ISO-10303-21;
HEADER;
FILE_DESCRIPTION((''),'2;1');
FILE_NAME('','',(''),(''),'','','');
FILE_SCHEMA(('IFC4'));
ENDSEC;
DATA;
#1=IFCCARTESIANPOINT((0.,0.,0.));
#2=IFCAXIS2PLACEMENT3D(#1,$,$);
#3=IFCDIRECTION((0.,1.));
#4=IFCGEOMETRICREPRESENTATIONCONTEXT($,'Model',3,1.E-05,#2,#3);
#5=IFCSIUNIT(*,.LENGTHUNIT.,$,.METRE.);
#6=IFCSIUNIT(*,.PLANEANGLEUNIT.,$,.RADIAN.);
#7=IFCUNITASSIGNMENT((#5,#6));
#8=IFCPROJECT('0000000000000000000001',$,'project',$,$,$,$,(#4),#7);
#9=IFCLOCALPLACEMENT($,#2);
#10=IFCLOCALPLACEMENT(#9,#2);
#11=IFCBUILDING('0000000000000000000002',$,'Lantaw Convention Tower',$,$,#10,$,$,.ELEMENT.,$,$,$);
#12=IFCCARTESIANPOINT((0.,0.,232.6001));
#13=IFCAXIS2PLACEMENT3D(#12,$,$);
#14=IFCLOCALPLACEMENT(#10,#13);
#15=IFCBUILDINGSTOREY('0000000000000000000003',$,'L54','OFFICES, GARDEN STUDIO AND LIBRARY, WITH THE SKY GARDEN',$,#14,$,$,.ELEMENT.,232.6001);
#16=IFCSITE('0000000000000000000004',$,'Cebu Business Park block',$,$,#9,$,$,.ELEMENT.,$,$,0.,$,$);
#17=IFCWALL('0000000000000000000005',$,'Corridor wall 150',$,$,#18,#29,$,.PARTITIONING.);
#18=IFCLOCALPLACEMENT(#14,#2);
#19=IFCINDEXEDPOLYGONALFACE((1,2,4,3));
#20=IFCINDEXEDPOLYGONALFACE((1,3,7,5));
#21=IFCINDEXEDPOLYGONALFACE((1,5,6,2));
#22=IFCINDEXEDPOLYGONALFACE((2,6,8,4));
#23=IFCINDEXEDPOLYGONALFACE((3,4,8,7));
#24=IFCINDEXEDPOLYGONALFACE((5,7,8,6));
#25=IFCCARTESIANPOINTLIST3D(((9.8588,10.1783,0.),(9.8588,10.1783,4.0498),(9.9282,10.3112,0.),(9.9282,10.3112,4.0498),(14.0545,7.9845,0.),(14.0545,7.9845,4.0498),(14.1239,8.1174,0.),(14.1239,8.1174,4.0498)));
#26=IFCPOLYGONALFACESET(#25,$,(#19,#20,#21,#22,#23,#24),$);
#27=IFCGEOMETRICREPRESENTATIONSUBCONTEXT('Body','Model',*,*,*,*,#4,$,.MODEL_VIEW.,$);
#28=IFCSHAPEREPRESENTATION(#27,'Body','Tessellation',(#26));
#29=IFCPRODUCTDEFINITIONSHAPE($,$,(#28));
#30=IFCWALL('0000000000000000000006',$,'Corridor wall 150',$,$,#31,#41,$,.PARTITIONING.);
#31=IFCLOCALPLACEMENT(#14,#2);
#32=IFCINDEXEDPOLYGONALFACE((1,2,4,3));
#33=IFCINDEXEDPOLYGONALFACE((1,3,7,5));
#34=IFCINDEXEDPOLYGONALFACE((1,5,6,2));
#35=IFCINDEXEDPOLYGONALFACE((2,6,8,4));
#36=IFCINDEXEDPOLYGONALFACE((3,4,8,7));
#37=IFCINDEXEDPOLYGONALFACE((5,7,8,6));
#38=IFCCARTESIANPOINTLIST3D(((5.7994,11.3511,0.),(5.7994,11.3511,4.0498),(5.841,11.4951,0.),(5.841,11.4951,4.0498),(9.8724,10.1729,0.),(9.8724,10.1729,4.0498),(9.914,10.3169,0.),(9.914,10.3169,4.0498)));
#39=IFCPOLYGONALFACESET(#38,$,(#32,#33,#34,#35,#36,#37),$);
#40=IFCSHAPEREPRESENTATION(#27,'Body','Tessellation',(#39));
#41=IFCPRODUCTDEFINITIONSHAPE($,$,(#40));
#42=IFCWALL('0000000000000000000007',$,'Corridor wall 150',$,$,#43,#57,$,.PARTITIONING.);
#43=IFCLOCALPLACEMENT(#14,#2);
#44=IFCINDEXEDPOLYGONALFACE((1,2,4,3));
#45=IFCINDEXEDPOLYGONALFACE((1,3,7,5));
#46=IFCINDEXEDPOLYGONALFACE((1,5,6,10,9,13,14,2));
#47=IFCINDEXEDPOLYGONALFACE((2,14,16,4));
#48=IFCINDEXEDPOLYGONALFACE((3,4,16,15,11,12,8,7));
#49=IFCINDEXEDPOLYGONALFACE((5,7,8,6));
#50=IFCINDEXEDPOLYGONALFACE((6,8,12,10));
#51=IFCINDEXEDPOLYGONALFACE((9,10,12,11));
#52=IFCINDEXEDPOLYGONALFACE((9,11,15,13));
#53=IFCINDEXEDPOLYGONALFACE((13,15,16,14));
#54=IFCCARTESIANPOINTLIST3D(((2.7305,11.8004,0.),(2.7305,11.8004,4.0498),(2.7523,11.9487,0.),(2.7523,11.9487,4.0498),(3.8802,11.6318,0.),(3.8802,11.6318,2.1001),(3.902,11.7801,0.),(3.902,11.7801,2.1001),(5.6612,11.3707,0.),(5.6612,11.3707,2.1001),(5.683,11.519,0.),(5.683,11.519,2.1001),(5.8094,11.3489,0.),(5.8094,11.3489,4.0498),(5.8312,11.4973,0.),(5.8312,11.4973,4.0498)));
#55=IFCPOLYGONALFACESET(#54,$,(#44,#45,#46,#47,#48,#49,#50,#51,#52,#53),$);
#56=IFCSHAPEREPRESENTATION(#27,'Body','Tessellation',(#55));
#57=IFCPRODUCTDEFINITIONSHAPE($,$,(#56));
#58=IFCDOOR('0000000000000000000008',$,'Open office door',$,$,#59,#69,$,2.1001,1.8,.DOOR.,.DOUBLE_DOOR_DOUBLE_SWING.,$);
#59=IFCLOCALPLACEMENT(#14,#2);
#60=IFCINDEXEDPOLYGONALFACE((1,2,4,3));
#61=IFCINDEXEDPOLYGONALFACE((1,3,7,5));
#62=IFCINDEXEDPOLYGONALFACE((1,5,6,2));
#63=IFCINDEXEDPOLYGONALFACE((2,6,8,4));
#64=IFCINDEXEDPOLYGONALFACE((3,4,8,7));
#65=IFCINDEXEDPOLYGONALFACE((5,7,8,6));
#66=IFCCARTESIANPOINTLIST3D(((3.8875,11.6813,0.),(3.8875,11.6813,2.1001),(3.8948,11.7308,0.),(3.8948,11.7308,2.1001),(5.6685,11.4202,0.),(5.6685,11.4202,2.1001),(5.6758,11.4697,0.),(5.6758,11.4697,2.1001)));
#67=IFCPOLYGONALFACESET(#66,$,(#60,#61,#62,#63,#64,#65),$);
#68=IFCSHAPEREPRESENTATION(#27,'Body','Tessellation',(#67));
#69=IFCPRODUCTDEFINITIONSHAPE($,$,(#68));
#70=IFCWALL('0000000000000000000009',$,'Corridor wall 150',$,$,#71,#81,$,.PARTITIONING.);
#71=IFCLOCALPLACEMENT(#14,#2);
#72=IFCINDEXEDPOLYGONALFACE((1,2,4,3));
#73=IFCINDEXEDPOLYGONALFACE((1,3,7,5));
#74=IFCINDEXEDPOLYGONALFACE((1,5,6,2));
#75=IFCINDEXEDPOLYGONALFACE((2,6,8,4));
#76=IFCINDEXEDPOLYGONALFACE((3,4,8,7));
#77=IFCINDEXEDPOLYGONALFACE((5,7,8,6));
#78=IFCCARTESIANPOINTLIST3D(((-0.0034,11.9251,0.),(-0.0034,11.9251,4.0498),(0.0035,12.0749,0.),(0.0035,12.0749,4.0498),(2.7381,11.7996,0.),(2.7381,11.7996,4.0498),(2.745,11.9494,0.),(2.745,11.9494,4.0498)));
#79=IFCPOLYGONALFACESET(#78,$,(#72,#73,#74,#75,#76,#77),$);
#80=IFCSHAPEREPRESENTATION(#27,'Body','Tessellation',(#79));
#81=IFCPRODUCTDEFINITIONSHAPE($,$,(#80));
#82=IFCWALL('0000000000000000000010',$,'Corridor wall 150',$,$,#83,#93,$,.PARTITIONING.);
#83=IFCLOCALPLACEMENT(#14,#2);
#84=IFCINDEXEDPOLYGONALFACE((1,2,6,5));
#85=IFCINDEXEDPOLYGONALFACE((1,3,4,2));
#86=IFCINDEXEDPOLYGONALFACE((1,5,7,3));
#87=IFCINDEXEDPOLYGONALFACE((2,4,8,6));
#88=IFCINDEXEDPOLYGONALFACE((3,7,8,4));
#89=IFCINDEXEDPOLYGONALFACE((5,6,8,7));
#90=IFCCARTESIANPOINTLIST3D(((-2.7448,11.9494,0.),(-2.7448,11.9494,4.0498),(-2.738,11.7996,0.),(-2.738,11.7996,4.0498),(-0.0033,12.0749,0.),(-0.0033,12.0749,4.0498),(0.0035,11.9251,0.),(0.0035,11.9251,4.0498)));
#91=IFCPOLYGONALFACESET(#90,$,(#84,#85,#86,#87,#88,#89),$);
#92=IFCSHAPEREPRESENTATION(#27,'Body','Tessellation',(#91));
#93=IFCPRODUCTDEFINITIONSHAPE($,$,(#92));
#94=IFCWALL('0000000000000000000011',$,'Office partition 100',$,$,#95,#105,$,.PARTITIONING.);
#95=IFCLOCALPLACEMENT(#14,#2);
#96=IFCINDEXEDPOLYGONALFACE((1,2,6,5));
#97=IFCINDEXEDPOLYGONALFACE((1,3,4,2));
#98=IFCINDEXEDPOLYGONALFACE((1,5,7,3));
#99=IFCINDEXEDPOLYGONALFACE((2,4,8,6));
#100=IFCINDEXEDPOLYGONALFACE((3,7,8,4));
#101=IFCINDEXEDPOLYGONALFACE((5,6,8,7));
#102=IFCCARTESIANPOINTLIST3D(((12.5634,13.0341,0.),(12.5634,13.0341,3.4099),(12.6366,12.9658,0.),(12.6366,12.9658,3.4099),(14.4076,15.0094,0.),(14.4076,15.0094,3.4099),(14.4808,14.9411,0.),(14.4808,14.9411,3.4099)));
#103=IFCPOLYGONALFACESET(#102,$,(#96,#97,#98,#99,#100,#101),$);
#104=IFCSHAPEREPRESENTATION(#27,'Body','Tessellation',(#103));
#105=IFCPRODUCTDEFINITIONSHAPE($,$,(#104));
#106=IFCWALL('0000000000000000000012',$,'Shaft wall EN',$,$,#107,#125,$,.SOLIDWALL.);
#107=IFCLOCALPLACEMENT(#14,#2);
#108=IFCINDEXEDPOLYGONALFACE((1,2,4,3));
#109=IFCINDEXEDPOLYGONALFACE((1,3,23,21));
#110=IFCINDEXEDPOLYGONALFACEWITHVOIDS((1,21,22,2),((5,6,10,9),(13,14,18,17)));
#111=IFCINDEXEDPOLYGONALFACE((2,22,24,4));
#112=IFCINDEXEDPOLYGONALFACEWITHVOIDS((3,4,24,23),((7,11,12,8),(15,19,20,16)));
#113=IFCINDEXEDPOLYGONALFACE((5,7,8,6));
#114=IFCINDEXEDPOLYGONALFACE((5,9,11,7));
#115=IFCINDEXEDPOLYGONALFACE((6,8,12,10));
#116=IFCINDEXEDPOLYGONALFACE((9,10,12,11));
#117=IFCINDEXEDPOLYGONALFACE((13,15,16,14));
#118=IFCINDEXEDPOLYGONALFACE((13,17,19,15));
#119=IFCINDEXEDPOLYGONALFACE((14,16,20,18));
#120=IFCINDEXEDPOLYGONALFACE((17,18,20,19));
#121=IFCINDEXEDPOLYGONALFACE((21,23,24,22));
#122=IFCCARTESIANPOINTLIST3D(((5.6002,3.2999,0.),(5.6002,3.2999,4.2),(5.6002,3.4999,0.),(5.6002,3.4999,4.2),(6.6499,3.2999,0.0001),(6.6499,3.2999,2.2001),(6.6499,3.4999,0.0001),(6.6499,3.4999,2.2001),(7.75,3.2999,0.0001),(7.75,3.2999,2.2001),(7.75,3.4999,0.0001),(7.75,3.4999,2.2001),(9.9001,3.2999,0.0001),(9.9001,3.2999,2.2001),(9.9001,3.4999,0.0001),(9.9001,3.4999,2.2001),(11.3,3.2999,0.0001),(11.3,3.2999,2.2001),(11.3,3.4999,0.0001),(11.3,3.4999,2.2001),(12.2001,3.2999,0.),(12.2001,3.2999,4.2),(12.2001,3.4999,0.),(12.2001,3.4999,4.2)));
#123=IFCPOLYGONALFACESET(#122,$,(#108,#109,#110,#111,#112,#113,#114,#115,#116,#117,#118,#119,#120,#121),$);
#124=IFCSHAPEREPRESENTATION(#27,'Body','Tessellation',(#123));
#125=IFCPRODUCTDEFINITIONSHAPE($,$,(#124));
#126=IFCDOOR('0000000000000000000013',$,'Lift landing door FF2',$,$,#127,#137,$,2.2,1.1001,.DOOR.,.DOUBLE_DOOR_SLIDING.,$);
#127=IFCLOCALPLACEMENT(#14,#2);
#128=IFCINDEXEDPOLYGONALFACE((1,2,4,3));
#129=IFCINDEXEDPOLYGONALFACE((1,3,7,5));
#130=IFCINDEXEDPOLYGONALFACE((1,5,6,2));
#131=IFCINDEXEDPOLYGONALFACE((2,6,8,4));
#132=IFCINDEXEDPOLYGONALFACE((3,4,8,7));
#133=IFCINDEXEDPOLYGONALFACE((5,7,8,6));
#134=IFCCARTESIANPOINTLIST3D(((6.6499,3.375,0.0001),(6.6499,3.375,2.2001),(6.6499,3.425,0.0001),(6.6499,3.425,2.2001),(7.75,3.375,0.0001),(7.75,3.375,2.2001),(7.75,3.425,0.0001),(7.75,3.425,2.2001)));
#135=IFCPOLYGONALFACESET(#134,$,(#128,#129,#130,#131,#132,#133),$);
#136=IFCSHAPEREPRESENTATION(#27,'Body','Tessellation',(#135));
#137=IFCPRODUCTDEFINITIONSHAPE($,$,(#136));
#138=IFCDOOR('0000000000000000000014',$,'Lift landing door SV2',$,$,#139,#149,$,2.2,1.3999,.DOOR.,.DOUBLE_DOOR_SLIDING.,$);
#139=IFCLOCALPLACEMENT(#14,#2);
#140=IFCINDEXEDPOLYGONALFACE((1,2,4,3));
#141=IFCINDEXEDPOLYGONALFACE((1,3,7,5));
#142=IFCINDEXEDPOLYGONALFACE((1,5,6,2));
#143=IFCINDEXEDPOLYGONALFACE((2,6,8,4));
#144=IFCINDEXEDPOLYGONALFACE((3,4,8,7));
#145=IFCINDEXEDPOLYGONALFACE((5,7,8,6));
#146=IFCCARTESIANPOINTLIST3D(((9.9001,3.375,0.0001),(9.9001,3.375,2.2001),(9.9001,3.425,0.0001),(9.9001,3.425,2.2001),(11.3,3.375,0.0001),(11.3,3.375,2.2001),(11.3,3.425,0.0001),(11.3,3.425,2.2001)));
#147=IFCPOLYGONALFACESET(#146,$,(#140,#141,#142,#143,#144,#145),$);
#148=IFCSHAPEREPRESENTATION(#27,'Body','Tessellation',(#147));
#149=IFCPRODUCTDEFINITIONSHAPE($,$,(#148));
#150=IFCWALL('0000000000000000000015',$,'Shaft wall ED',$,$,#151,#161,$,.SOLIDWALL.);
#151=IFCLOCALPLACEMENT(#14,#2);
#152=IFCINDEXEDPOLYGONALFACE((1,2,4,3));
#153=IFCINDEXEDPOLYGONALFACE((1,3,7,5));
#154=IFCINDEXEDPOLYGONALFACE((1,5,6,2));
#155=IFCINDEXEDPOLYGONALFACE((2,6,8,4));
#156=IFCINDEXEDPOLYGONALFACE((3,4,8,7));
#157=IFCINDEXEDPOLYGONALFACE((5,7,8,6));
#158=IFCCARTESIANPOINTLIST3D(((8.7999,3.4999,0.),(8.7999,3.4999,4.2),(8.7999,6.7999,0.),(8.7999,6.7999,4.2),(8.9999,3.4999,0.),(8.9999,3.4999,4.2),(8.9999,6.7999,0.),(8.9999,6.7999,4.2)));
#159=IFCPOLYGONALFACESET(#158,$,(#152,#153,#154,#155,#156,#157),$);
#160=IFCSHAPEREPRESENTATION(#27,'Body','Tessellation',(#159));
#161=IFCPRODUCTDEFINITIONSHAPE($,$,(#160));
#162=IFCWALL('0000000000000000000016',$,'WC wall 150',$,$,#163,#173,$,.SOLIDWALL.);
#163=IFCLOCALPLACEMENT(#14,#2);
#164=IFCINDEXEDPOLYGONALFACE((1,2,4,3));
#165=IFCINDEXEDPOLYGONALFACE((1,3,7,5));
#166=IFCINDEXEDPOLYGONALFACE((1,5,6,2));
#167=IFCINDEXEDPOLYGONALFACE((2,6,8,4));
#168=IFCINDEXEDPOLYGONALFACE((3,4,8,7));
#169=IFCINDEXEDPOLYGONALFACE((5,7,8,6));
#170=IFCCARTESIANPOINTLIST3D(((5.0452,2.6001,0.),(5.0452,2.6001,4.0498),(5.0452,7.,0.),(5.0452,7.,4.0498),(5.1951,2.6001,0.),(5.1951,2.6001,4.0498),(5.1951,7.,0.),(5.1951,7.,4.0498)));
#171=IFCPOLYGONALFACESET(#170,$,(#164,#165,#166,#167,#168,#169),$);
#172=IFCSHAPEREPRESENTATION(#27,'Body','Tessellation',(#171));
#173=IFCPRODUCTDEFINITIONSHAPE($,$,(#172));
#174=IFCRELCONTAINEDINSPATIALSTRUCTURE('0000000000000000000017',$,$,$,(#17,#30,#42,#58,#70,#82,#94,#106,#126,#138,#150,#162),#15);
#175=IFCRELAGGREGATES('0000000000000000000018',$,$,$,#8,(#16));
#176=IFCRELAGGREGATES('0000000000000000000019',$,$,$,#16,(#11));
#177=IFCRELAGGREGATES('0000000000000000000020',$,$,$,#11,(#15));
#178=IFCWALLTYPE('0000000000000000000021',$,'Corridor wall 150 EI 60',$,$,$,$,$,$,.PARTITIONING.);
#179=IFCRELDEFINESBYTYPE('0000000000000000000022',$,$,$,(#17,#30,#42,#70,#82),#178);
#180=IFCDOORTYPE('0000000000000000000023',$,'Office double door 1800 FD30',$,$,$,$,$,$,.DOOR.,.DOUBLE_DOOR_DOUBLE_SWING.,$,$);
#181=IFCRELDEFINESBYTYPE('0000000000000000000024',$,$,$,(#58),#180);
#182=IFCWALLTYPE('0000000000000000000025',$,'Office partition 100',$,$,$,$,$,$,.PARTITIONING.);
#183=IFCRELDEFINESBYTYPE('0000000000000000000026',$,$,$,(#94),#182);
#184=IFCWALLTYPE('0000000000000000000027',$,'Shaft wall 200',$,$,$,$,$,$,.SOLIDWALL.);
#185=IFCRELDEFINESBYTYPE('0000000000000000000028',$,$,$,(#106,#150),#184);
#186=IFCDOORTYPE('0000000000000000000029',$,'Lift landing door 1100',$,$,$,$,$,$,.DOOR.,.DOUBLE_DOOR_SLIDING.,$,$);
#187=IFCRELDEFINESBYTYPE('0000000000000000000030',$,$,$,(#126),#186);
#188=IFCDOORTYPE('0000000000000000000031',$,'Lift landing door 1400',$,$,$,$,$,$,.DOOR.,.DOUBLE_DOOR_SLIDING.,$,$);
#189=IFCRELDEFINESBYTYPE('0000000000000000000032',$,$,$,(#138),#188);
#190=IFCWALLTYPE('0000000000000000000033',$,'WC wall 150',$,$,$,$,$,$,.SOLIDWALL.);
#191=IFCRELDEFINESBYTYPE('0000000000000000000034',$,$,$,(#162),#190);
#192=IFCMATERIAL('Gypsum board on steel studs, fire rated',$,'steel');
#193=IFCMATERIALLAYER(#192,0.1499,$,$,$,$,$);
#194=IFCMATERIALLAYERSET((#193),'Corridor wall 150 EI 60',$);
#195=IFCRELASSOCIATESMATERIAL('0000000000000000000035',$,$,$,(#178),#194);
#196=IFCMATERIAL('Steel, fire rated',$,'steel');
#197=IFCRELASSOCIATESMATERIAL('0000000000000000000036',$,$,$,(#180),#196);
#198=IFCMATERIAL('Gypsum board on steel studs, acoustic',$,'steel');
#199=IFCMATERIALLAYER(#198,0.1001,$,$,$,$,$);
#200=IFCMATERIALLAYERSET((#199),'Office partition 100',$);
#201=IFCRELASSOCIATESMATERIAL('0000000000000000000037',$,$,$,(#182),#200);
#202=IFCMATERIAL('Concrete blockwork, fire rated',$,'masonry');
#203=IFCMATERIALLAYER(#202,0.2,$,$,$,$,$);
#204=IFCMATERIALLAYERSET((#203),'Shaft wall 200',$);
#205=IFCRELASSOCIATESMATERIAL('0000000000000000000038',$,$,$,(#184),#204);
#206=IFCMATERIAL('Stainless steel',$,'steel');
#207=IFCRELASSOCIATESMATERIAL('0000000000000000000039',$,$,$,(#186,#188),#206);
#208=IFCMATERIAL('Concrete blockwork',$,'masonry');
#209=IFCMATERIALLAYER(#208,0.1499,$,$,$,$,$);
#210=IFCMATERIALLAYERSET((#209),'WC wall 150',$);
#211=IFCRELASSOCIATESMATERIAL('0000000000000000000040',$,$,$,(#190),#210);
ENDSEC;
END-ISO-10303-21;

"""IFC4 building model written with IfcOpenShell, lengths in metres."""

from ifc_helpers import new_model, si_unit, direction, frame, frame_2d, origin, place, context, subcontext, project, spatial, rectangle, extrude, material, layer, layer_set, type_object, element, fill, save


model = new_model("IFC4")

# Units and contexts
model_context = context("Model", 3, precision=1e-05, world=origin(), true_north=direction((0.0, 1.0)))
body_context = subcontext(model_context, "Body", "Model", "MODEL_VIEW")
ifc_project = project(units=[si_unit("LENGTHUNIT", "METRE"), si_unit("PLANEANGLEUNIT", "RADIAN")], contexts=[model_context])

# Site, building, storey
site_placement = place(None, origin())
site = spatial("IfcSite", under=ifc_project, at=site_placement, Name="Cebu Business Park block", CompositionType="ELEMENT", RefElevation=0.0)
building_placement = place(site_placement, origin())
building = spatial("IfcBuilding", under=site, at=building_placement, Name="Lantaw Convention Tower", CompositionType="ELEMENT")
storey_placement = place(building_placement, frame((0.0, 0.0, 232.6001)))
storey = spatial("IfcBuildingStorey", under=building, at=storey_placement, Name="L54", Description="OFFICES, GARDEN STUDIO AND LIBRARY, WITH THE SKY GARDEN", CompositionType="ELEMENT", Elevation=232.6001)

# Walls
ifc_material_1 = material(Name="Gypsum board on steel studs, fire rated", Category="steel")
ifc_layer_1 = layer(ifc_material_1, 0.1499)
ifc_layer_set_1 = layer_set([ifc_layer_1], Name="Corridor wall 150 EI 60")
wall_type_1 = type_object("IfcWallType", Name="Corridor wall 150 EI 60", PredefinedType="PARTITIONING", material=ifc_layer_set_1)
wall_1_placement = place(storey_placement, frame((14.0891, 8.051, 0.0), z_axis=(0.0, 0.0, 1.0), x_axis=(-0.886174, 0.463352, 0.0)))
element("IfcWall", 1, at=wall_1_placement, inside=storey, type_object=wall_type_1, Name="Corridor wall 150", PredefinedType="PARTITIONING", context=body_context, shape_type="SweptSolid", body=[
    extrude(rectangle(XDim=4.7346, YDim=0.1499, at=frame_2d((2.3672, 0.0))), origin(), (0.0, 0.0, 1.0), 4.0498),
])
wall_2_placement = place(storey_placement, frame((9.8933, 10.2449, 0.0), z_axis=(0.0, 0.0, 1.0), x_axis=(-0.960615, 0.277883, 0.0)))
element("IfcWall", 2, at=wall_2_placement, inside=storey, type_object=wall_type_1, Name="Corridor wall 150", PredefinedType="PARTITIONING", context=body_context, shape_type="SweptSolid", body=[
    extrude(rectangle(XDim=4.24, YDim=0.1499, at=frame_2d((2.1201, 0.0))), origin(), (0.0, 0.0, 1.0), 4.0498),
])

# Wall, opening, door
wall_3_placement = place(storey_placement, frame((5.8203, 11.4231, 0.0), z_axis=(0.0, 0.0, 1.0), x_axis=(-0.989422, 0.145067, 0.0)))
wall_3 = element("IfcWall", 3, at=wall_3_placement, inside=storey, type_object=wall_type_1, Name="Corridor wall 150", PredefinedType="PARTITIONING", context=body_context, shape_type="SweptSolid", body=[
    extrude(rectangle(XDim=3.1118, YDim=0.1499, at=frame_2d((1.5559, 0.0))), origin(), (0.0, 0.0, 1.0), 4.0498),
])
opening_1_placement = place(wall_3_placement, frame((0.1499, 0.0, 0.0)))
opening_1 = element("IfcOpeningElement", 4, at=opening_1_placement, cuts=wall_3, PredefinedType="OPENING", context=body_context, shape_type="SweptSolid", body=[
    extrude(rectangle(XDim=1.8, YDim=2.1001, at=frame_2d((0.8999, 1.05))), frame((0.0, 0.085, 0.0), z_axis=(0.0, -1.0, 0.0), x_axis=(1.0, 0.0, 0.0)), (0.0, 0.0, 1.0), 0.1699),
])
ifc_material_2 = material(Name="Steel, fire rated", Category="steel")
door_type_1 = type_object("IfcDoorType", Name="Office double door 1800 FD30", OperationType="DOUBLE_DOOR_DOUBLE_SWING", PredefinedType="DOOR", material=ifc_material_2)
door_1_placement = place(opening_1_placement, origin())
door_1 = element("IfcDoor", 5, at=door_1_placement, inside=storey, type_object=door_type_1, Name="Open office door", OperationType="DOUBLE_DOOR_DOUBLE_SWING", OverallHeight=2.1001, OverallWidth=1.8, PredefinedType="DOOR", context=body_context, shape_type="SweptSolid", body=[
    extrude(rectangle(XDim=1.8, YDim=2.1001, at=frame_2d((0.8999, 1.05))), frame((0.0, 0.0249, 0.0), z_axis=(0.0, -1.0, 0.0), x_axis=(1.0, 0.0, 0.0)), (0.0, 0.0, 1.0), 0.05),
])
fill(opening_1, door_1)

# Walls
for number, where, z_axis, x_axis, name in (
    (6, (2.7415, 11.8745, 0.0), (0.0, 0.0, 1.0), (-0.998954, 0.045726, 0.0), "Corridor wall 150"),
    (7, (0.0, 12.0, 0.0), (0.0, 0.0, 1.0), (-0.998954, -0.045726, 0.0), "Corridor wall 150"),
):
    element("IfcWall", number, at=place(storey_placement, frame(where, z_axis=z_axis, x_axis=x_axis)), inside=storey, type_object=wall_type_1, Name=name, PredefinedType="PARTITIONING", context=body_context, shape_type="SweptSolid", body=[
        extrude(rectangle(XDim=2.7444, YDim=0.1499, at=frame_2d((1.3721, 0.0))), origin(), (0.0, 0.0, 1.0), 4.0498),
    ])
ifc_material_3 = material(Name="Gypsum board on steel studs, acoustic", Category="steel")
ifc_layer_2 = layer(ifc_material_3, 0.1001)
ifc_layer_set_2 = layer_set([ifc_layer_2], Name="Office partition 100")
wall_type_2 = type_object("IfcWallType", Name="Office partition 100", PredefinedType="PARTITIONING", material=ifc_layer_set_2)
wall_4_placement = place(storey_placement, frame((12.6001, 13.0, 0.0), z_axis=(0.0, 0.0, 1.0), x_axis=(0.682434, 0.730947, 0.0)))
element("IfcWall", 8, at=wall_4_placement, inside=storey, type_object=wall_type_2, Name="Office partition 100", PredefinedType="PARTITIONING", context=body_context, shape_type="SweptSolid", body=[
    extrude(rectangle(XDim=2.7024, YDim=0.1001, at=frame_2d((1.3511, 0.0))), origin(), (0.0, 0.0, 1.0), 3.4099),
])

# Wall, openings, doors
ifc_material_4 = material(Name="Concrete blockwork, fire rated", Category="masonry")
ifc_layer_3 = layer(ifc_material_4, 0.2)
ifc_layer_set_3 = layer_set([ifc_layer_3], Name="Shaft wall 200")
wall_type_3 = type_object("IfcWallType", Name="Shaft wall 200", PredefinedType="SOLIDWALL", material=ifc_layer_set_3)
wall_5_placement = place(storey_placement, frame((12.2, 3.3999, 0.0), z_axis=(0.0, 0.0, 1.0), x_axis=(-1.0, 0.0, 0.0)))
wall_5 = element("IfcWall", 9, at=wall_5_placement, inside=storey, type_object=wall_type_3, Name="Shaft wall EN", PredefinedType="SOLIDWALL", context=body_context, shape_type="SweptSolid", body=[
    extrude(rectangle(XDim=6.5999, YDim=0.2, at=frame_2d((3.2998, 0.0))), origin(), (0.0, 0.0, 1.0), 4.2),
])
opening_2_placement = place(wall_5_placement, frame((4.45, 0.0, 0.0)))
opening_2 = element("IfcOpeningElement", 10, at=opening_2_placement, cuts=wall_5, PredefinedType="OPENING", context=body_context, shape_type="SweptSolid", body=[
    extrude(rectangle(XDim=1.1001, YDim=2.2, at=frame_2d((0.55, 1.1001))), frame((0.0, 0.1099, 0.0), z_axis=(0.0, -1.0, 0.0), x_axis=(1.0, 0.0, 0.0)), (0.0, 0.0, 1.0), 0.22),
])
opening_3_placement = place(wall_5_placement, frame((0.8999, 0.0, 0.0)))
opening_3 = element("IfcOpeningElement", 11, at=opening_3_placement, cuts=wall_5, PredefinedType="OPENING", context=body_context, shape_type="SweptSolid", body=[
    extrude(rectangle(XDim=1.3999, YDim=2.2, at=frame_2d((0.7, 1.1001))), frame((0.0, 0.1099, 0.0), z_axis=(0.0, -1.0, 0.0), x_axis=(1.0, 0.0, 0.0)), (0.0, 0.0, 1.0), 0.22),
])
ifc_material_5 = material(Name="Stainless steel", Category="steel")
door_type_2 = type_object("IfcDoorType", Name="Lift landing door 1100", OperationType="DOUBLE_DOOR_SLIDING", PredefinedType="DOOR", material=ifc_material_5)
door_2_placement = place(opening_2_placement, origin())
door_2 = element("IfcDoor", 12, at=door_2_placement, inside=storey, type_object=door_type_2, Name="Lift landing door FF2", OperationType="DOUBLE_DOOR_SLIDING", OverallHeight=2.2, OverallWidth=1.1001, PredefinedType="DOOR", context=body_context, shape_type="SweptSolid", body=[
    extrude(rectangle(XDim=1.1001, YDim=2.2, at=frame_2d((0.55, 1.1001))), frame((0.0, 0.0249, 0.0), z_axis=(0.0, -1.0, 0.0), x_axis=(1.0, 0.0, 0.0)), (0.0, 0.0, 1.0), 0.05),
])
fill(opening_2, door_2)
door_type_3 = type_object("IfcDoorType", Name="Lift landing door 1400", OperationType="DOUBLE_DOOR_SLIDING", PredefinedType="DOOR", material=ifc_material_5)
door_3_placement = place(opening_3_placement, origin())
door_3 = element("IfcDoor", 13, at=door_3_placement, inside=storey, type_object=door_type_3, Name="Lift landing door SV2", OperationType="DOUBLE_DOOR_SLIDING", OverallHeight=2.2, OverallWidth=1.3999, PredefinedType="DOOR", context=body_context, shape_type="SweptSolid", body=[
    extrude(rectangle(XDim=1.3999, YDim=2.2, at=frame_2d((0.7, 1.1001))), frame((0.0, 0.0249, 0.0), z_axis=(0.0, -1.0, 0.0), x_axis=(1.0, 0.0, 0.0)), (0.0, 0.0, 1.0), 0.05),
])
fill(opening_3, door_3)

# Walls
wall_6_placement = place(storey_placement, frame((8.8999, 3.5, 0.0), z_axis=(0.0, 0.0, 1.0), x_axis=(0.0, 1.0, 0.0)))
element("IfcWall", 14, at=wall_6_placement, inside=storey, type_object=wall_type_3, Name="Shaft wall ED", PredefinedType="SOLIDWALL", context=body_context, shape_type="SweptSolid", body=[
    extrude(rectangle(XDim=3.3, YDim=0.2, at=frame_2d((1.6499, 0.0))), origin(), (0.0, 0.0, 1.0), 4.2),
])
ifc_material_6 = material(Name="Concrete blockwork", Category="masonry")
ifc_layer_4 = layer(ifc_material_6, 0.1499)
ifc_layer_set_4 = layer_set([ifc_layer_4], Name="WC wall 150")
wall_type_4 = type_object("IfcWallType", Name="WC wall 150", PredefinedType="SOLIDWALL", material=ifc_layer_set_4)
wall_7_placement = place(storey_placement, frame((5.1201, 2.6001, 0.0), z_axis=(0.0, 0.0, 1.0), x_axis=(0.0, 1.0, 0.0)))
element("IfcWall", 15, at=wall_7_placement, inside=storey, type_object=wall_type_4, Name="WC wall 150", PredefinedType="SOLIDWALL", context=body_context, shape_type="SweptSolid", body=[
    extrude(rectangle(XDim=4.3999, YDim=0.1499, at=frame_2d((2.2, 0.0))), origin(), (0.0, 0.0, 1.0), 4.0498),
])

save(model, "model.ifc")
